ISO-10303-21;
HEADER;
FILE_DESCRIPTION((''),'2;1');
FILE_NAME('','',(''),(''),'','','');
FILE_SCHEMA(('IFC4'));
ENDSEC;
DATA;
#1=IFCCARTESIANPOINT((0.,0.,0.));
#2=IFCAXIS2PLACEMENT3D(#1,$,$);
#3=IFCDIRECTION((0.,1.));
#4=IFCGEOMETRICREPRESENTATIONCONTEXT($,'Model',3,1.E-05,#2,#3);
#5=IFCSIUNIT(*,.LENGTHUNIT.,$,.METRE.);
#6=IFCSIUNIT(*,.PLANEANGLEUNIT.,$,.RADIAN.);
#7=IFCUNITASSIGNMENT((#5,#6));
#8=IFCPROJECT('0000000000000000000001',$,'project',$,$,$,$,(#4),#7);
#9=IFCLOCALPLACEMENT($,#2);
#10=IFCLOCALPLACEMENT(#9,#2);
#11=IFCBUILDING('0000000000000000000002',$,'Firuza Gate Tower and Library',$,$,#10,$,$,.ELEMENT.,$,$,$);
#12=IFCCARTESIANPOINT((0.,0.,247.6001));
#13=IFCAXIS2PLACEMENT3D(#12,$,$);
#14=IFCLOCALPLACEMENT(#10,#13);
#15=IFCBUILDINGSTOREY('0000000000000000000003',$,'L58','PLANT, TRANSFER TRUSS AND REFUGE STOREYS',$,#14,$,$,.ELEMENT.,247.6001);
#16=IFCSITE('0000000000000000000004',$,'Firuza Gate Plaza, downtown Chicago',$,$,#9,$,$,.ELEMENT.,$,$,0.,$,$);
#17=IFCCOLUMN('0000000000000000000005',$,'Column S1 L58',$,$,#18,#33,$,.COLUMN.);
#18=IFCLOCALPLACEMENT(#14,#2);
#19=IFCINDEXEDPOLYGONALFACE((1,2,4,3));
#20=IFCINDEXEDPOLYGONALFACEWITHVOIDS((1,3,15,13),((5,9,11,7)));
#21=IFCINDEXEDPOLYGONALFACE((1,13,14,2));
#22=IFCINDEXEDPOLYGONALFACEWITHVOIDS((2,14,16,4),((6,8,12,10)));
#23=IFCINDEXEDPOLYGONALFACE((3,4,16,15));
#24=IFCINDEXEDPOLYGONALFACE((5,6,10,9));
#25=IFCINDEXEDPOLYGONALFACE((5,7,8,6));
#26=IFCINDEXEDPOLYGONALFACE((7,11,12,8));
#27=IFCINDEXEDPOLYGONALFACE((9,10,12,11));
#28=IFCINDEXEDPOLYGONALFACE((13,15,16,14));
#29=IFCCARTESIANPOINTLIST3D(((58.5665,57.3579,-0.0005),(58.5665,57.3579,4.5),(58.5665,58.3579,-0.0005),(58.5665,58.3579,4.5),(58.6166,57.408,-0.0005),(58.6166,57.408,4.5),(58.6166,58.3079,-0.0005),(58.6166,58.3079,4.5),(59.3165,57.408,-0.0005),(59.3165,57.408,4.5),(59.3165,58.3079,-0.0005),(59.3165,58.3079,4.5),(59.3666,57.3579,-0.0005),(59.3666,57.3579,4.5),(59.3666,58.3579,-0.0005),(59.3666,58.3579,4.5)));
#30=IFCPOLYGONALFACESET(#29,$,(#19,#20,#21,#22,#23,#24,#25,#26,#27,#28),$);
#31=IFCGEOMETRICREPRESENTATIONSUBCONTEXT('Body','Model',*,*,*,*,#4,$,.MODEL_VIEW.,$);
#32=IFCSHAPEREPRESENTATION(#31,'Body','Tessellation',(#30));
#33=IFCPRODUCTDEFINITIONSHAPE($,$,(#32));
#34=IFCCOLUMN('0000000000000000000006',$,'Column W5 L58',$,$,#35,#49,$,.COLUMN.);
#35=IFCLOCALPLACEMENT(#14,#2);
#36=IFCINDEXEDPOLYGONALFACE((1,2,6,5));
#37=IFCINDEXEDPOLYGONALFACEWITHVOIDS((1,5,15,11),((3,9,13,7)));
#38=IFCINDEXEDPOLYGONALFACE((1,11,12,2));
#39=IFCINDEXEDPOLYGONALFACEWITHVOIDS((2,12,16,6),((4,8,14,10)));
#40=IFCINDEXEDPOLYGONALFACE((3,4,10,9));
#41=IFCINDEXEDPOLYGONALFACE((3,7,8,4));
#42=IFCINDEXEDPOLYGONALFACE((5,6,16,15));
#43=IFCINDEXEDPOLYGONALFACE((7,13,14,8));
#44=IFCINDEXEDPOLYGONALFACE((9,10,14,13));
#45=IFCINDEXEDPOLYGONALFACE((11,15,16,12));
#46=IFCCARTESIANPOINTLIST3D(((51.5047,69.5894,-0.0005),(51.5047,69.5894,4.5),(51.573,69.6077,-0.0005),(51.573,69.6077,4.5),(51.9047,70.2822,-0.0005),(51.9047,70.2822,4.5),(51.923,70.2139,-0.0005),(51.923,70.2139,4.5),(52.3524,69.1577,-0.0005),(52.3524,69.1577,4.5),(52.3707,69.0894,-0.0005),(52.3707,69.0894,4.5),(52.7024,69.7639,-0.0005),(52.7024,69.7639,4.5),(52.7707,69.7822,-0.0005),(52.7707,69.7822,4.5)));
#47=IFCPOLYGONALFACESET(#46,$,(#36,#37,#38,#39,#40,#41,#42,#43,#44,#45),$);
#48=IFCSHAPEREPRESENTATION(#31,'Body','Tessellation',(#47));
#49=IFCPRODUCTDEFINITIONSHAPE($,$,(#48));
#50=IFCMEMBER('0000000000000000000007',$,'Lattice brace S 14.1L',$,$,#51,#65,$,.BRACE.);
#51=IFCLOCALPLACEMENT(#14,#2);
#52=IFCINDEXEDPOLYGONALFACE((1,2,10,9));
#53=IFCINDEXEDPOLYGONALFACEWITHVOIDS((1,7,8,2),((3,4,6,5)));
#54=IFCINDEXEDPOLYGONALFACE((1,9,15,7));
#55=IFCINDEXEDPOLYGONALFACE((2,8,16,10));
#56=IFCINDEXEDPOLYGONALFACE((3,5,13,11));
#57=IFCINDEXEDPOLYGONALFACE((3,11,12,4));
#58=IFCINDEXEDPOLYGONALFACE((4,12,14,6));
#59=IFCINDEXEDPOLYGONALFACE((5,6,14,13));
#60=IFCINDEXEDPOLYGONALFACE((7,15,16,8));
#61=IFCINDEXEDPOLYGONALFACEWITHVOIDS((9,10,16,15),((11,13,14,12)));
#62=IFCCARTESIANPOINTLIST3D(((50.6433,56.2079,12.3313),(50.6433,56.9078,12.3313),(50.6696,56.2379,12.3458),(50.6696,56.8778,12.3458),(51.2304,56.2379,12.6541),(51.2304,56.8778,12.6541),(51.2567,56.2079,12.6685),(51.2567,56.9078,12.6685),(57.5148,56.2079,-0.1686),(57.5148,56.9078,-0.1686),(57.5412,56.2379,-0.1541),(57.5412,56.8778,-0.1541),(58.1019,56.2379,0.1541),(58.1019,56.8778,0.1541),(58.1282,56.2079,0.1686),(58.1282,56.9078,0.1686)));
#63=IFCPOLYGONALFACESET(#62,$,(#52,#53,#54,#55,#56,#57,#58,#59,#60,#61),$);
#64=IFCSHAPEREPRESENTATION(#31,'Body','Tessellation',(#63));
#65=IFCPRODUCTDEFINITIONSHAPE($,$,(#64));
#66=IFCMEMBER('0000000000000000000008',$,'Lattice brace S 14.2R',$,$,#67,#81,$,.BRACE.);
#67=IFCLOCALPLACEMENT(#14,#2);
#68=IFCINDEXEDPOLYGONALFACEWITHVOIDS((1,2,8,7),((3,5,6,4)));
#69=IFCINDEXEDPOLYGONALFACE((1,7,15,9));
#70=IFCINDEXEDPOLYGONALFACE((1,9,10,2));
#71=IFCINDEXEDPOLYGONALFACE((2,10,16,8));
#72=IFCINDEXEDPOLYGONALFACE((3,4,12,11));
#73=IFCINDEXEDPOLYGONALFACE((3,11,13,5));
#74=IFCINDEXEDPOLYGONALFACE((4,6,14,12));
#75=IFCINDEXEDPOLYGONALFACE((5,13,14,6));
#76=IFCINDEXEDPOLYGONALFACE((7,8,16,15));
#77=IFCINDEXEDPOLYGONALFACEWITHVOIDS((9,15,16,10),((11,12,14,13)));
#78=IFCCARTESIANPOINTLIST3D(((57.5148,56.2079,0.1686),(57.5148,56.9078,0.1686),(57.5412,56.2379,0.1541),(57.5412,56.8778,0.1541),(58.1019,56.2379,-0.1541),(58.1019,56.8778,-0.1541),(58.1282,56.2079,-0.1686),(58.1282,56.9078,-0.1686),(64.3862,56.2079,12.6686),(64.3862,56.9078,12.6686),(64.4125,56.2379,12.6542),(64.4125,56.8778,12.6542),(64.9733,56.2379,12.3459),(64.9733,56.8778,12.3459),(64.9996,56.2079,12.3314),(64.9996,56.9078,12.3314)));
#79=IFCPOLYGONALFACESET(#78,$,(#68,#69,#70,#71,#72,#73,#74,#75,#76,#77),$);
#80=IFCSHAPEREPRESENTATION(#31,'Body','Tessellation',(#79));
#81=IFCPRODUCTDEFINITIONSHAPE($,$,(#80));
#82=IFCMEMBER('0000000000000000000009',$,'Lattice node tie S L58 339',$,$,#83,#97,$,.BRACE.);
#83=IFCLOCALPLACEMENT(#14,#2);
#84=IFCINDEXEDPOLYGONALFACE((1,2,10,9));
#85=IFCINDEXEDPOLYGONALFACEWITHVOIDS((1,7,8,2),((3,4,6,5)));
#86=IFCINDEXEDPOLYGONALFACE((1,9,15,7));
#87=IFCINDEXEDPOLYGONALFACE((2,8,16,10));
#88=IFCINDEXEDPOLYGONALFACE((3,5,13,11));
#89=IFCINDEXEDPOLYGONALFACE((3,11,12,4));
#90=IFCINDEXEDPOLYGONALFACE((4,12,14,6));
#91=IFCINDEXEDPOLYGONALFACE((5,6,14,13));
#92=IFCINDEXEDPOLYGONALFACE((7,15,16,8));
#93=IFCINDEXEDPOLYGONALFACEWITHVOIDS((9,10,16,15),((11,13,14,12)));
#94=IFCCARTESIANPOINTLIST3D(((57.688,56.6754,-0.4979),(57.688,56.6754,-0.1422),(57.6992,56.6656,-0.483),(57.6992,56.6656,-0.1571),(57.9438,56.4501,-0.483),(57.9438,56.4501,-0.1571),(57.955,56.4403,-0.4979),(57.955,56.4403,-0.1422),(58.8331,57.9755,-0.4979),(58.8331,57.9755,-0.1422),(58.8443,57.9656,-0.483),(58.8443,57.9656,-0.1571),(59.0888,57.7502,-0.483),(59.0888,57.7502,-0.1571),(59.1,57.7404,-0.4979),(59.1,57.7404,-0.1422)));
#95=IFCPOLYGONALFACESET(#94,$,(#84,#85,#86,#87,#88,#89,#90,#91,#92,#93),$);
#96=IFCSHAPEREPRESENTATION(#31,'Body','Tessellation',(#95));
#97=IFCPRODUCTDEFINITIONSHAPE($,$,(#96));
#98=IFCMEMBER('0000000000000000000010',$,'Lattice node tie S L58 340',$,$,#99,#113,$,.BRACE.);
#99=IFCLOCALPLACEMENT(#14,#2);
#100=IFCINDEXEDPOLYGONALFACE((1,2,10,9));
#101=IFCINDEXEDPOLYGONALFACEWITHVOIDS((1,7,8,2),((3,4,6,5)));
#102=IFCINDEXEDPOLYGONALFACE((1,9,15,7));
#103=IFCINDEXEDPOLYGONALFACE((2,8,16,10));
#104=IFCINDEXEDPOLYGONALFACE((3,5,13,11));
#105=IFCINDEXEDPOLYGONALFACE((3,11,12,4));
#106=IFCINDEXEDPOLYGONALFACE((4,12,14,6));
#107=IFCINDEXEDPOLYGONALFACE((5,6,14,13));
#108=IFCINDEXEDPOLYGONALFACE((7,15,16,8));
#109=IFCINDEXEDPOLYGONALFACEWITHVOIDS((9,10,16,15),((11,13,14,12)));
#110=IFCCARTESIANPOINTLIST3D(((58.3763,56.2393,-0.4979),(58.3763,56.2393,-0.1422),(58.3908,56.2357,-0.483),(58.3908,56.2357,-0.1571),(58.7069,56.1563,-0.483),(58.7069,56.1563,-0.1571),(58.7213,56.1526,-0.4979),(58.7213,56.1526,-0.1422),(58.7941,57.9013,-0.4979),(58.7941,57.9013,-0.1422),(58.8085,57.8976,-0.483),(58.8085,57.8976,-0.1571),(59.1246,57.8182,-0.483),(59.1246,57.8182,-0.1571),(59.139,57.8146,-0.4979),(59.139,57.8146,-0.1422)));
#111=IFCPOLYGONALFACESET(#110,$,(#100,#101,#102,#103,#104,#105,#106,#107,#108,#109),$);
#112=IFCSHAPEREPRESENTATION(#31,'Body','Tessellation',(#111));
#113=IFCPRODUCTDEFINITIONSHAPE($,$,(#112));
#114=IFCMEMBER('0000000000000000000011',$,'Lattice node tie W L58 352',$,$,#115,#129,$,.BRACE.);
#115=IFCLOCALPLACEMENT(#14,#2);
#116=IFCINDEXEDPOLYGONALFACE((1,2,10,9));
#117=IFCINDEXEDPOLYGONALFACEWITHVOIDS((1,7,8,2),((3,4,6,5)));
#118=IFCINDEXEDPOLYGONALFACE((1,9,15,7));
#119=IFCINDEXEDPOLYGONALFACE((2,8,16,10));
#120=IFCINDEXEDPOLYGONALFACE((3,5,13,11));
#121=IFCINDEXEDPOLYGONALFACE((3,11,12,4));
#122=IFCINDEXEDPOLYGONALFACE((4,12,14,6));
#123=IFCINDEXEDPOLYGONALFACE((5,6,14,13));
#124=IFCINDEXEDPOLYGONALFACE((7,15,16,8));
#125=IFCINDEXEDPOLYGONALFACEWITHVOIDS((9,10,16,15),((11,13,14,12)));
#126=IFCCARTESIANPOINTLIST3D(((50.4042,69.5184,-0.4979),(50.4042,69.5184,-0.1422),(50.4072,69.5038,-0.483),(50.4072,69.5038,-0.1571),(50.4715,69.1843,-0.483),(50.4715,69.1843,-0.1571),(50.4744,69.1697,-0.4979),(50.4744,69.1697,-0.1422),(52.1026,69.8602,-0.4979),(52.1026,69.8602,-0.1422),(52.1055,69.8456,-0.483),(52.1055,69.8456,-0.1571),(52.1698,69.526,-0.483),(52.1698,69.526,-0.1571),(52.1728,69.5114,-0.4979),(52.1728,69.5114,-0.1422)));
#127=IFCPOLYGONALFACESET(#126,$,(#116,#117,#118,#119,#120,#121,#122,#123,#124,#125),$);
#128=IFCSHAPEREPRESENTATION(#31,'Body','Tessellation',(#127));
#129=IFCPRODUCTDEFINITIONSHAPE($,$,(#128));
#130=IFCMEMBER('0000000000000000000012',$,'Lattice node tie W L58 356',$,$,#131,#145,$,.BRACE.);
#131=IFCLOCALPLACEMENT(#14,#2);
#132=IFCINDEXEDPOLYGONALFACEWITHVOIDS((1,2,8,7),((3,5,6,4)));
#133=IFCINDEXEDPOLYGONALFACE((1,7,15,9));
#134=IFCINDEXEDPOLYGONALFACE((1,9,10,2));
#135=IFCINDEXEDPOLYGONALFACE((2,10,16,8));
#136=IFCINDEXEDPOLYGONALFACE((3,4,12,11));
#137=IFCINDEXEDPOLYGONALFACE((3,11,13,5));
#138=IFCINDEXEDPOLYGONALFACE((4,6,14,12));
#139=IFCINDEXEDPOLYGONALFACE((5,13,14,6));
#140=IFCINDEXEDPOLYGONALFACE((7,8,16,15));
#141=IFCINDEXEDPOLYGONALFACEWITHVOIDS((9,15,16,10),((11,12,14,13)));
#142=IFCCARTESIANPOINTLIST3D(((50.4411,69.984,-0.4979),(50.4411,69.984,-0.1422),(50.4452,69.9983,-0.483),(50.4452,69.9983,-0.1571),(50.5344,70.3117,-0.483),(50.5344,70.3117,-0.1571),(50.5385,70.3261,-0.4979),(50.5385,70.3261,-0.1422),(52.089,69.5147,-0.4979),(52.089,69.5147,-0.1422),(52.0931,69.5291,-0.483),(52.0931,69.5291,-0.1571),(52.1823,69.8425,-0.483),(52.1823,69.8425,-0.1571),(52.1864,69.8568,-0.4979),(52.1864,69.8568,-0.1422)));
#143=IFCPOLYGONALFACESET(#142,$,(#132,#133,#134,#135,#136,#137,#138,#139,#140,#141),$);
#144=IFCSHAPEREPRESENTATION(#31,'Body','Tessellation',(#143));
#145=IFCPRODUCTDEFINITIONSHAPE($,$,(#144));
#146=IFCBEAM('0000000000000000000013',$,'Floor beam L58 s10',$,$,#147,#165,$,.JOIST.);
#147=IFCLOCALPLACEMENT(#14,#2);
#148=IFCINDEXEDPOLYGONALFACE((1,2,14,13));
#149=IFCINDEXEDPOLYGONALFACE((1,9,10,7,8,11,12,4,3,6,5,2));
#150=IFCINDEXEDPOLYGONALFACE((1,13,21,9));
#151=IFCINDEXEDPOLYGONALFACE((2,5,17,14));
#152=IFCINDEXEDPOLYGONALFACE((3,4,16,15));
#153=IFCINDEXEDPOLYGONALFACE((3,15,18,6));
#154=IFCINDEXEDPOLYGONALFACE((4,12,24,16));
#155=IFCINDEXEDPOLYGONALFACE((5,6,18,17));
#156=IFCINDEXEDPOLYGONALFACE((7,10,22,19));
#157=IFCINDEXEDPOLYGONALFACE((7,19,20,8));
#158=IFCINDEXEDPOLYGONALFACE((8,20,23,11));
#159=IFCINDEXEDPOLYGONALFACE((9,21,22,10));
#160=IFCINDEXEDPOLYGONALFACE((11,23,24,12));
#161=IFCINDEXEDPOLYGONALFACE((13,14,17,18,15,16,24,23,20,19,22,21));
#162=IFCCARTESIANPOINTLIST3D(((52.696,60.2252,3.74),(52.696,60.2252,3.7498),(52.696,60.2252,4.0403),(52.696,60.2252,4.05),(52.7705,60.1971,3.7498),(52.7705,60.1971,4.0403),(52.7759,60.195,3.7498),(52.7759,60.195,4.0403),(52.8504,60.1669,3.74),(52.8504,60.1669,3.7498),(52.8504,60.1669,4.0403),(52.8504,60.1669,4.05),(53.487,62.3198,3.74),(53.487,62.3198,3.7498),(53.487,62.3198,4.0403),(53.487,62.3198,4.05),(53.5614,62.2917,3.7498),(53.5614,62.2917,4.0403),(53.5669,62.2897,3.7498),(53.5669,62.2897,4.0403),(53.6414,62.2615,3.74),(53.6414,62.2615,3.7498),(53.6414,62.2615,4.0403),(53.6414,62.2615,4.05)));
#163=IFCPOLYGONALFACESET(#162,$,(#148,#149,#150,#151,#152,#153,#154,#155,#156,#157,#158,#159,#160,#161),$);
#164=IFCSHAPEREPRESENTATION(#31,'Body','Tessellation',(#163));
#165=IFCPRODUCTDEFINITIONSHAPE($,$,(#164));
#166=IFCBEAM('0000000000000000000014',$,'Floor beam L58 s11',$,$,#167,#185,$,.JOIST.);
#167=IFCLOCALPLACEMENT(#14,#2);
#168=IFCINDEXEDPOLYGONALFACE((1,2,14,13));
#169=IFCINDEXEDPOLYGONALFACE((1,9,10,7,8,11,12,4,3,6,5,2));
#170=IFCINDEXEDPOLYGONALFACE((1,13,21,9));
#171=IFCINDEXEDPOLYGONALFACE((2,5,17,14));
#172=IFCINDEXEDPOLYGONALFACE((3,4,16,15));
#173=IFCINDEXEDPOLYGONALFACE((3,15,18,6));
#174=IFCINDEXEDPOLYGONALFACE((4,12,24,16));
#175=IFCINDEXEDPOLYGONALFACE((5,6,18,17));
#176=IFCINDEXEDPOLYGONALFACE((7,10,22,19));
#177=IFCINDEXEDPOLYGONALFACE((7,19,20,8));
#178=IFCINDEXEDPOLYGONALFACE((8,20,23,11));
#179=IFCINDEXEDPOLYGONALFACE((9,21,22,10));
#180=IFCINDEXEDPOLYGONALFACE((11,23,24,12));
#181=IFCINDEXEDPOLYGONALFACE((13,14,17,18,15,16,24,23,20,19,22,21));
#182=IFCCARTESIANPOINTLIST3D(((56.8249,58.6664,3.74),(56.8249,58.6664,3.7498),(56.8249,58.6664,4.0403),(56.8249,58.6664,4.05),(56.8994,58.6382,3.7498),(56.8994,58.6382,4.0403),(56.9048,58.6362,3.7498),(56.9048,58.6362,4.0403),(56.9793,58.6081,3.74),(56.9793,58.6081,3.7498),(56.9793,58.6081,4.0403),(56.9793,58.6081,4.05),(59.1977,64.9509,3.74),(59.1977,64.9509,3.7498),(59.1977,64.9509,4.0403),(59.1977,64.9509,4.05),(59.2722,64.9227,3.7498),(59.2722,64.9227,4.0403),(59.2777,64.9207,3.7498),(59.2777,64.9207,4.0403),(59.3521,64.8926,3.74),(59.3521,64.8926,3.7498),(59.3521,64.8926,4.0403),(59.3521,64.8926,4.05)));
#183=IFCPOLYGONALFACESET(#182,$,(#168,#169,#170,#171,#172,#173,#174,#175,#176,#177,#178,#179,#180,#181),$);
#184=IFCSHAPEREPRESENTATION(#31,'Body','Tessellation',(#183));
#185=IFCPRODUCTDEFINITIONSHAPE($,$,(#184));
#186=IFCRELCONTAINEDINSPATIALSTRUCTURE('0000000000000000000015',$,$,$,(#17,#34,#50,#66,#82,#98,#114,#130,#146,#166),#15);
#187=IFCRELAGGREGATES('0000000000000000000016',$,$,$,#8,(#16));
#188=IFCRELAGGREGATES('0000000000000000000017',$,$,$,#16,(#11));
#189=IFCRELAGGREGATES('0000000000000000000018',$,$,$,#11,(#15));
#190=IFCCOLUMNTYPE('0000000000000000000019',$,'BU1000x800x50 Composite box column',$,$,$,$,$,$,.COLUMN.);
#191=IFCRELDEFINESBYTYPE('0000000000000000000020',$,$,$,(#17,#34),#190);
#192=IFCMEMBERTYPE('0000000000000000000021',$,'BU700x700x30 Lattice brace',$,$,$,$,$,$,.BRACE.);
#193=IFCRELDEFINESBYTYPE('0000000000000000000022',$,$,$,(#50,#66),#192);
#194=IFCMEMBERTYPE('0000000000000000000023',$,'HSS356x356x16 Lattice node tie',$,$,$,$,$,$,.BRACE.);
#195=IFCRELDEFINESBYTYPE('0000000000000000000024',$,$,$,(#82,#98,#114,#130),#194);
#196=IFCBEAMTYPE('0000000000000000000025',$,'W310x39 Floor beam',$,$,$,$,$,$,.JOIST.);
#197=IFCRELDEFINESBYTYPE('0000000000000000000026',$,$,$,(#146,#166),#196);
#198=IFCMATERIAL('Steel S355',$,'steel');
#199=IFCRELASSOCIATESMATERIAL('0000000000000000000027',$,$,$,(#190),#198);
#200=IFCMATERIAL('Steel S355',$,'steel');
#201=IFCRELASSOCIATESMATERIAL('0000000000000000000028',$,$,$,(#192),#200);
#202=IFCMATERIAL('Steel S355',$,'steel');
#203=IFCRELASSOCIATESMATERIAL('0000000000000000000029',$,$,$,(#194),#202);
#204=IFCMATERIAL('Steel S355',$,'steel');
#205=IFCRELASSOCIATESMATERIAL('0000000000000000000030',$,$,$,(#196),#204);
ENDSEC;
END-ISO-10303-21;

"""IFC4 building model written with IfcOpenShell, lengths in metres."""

from ifc_helpers import new_model, si_unit, direction, frame, origin, origin_2d, place, context, subcontext, project, spatial, hollow_rectangle, i_section, extrude, material, material_profile, profile_set, type_object, element, save


model = new_model("IFC4")

# Units and contexts
model_context = context("Model", 3, precision=1e-05, world=origin(), true_north=direction((0.0, 1.0)))
body_context = subcontext(model_context, "Body", "Model", "MODEL_VIEW")
ifc_project = project(units=[si_unit("LENGTHUNIT", "METRE"), si_unit("PLANEANGLEUNIT", "RADIAN")], contexts=[model_context])

# Site, building, storey
site_placement = place(None, origin())
site = spatial("IfcSite", under=ifc_project, at=site_placement, Name="Firuza Gate Plaza, downtown Chicago", CompositionType="ELEMENT", RefElevation=0.0)
building_placement = place(site_placement, origin())
building = spatial("IfcBuilding", under=site, at=building_placement, Name="Firuza Gate Tower and Library", CompositionType="ELEMENT")
storey_placement = place(building_placement, frame((0.0, 0.0, 247.6001)))
storey = spatial("IfcBuildingStorey", under=building, at=storey_placement, Name="L58", Description="PLANT, TRANSFER TRUSS AND REFUGE STOREYS", CompositionType="ELEMENT", Elevation=247.6001)

# Columns
ifc_material_1 = material(Name="Steel S355", Category="steel")
ifc_material_profile_1 = material_profile(ifc_material_1, hollow_rectangle(XDim=0.8, YDim=1.0, WallThickness=0.05, at=origin_2d()))
ifc_profile_set_1 = profile_set([ifc_material_profile_1], Name="Steel S355")
column_type = type_object("IfcColumnType", Name="BU1000x800x50 Composite box column", PredefinedType="COLUMN", material=ifc_profile_set_1)
for number, where, z_axis, x_axis, name in (
    (1, (58.9666, 57.8579, -0.0005), (0.0, 0.0, 1.0), (1.0, 0.0, 0.0), "Column S1 L58"),
    (2, (52.1377, 69.6858, -0.0005), (0.0, 0.0, 1.0), (-0.5, -0.866025, 0.0), "Column W5 L58"),
):
    element("IfcColumn", number, at=place(storey_placement, frame(where, z_axis=z_axis, x_axis=x_axis)), inside=storey, type_object=column_type, Name=name, PredefinedType="COLUMN", context=body_context, shape_type="SweptSolid", body=[
        extrude(hollow_rectangle(XDim=0.8, YDim=1.0, WallThickness=0.05, at=origin_2d()), origin(), (0.0, 0.0, 1.0), 4.5005),
    ])

# Members
ifc_material_2 = material(Name="Steel S355", Category="steel")
ifc_material_profile_2 = material_profile(ifc_material_2, hollow_rectangle(XDim=0.7, YDim=0.7, WallThickness=0.03, at=origin_2d()))
ifc_profile_set_2 = profile_set([ifc_material_profile_2], Name="Steel S355")
member_type_1 = type_object("IfcMemberType", Name="BU700x700x30 Lattice brace", PredefinedType="BRACE", material=ifc_profile_set_2)
for number, where, z_axis, x_axis, name in (
    (3, (57.8215, 56.5579, 0.0), (-0.481735, 0.0, 0.876317), (0.0, -1.0, 0.0), "Lattice brace S 14.1L"),
    (4, (57.8215, 56.5579, 0.0), (0.481722, 0.0, 0.876324), (0.0, 1.0, 0.0), "Lattice brace S 14.2R"),
):
    element("IfcMember", number, at=place(storey_placement, frame(where, z_axis=z_axis, x_axis=x_axis)), inside=storey, type_object=member_type_1, Name=name, PredefinedType="BRACE", context=body_context, shape_type="SweptSolid", body=[
        extrude(hollow_rectangle(XDim=0.7, YDim=0.7, WallThickness=0.03, at=origin_2d()), origin(), (0.0, 0.0, 1.0), 14.2642),
    ])
ifc_material_3 = material(Name="Steel S355", Category="steel")
ifc_material_profile_3 = material_profile(ifc_material_3, hollow_rectangle(XDim=0.3557, YDim=0.3557, WallThickness=0.0149, at=origin_2d()))
ifc_profile_set_3 = profile_set([ifc_material_profile_3], Name="Steel S355")
member_type_2 = type_object("IfcMemberType", Name="HSS356x356x16 Lattice node tie", PredefinedType="BRACE", material=ifc_profile_set_3)
member_1_placement = place(storey_placement, frame((58.9666, 57.8579, -0.3201), z_axis=(-0.660946, -0.750434, 0.0), x_axis=(0.750434, -0.660946, 0.0)))
element("IfcMember", 5, at=member_1_placement, inside=storey, type_object=member_type_2, Name="Lattice node tie S L58 339", PredefinedType="BRACE", context=body_context, shape_type="SweptSolid", body=[
    extrude(hollow_rectangle(XDim=0.3557, YDim=0.3557, WallThickness=0.0149, at=origin_2d()), origin(), (0.0, 0.0, 1.0), 1.7324),
])
member_2_placement = place(storey_placement, frame((58.9666, 57.8579, -0.3201), z_axis=(-0.243776, -0.969832, 0.0), x_axis=(0.969832, -0.243776, 0.0)))
element("IfcMember", 6, at=member_2_placement, inside=storey, type_object=member_type_2, Name="Lattice node tie S L58 340", PredefinedType="BRACE", context=body_context, shape_type="SweptSolid", body=[
    extrude(hollow_rectangle(XDim=0.3557, YDim=0.3557, WallThickness=0.0149, at=origin_2d()), origin(), (0.0, 0.0, 1.0), 1.7136),
])
member_3_placement = place(storey_placement, frame((52.1377, 69.6858, -0.3201), z_axis=(-0.980347, -0.197281, 0.0), x_axis=(0.197281, -0.980347, 0.0)))
element("IfcMember", 7, at=member_3_placement, inside=storey, type_object=member_type_2, Name="Lattice node tie W L58 352", PredefinedType="BRACE", context=body_context, shape_type="SweptSolid", body=[
    extrude(hollow_rectangle(XDim=0.3557, YDim=0.3557, WallThickness=0.0149, at=origin_2d()), origin(), (0.0, 0.0, 1.0), 1.7324),
])
member_4_placement = place(storey_placement, frame((52.1377, 69.6858, -0.3201), z_axis=(-0.961771, 0.273855, 0.0), x_axis=(-0.273855, -0.961771, 0.0)))
element("IfcMember", 8, at=member_4_placement, inside=storey, type_object=member_type_2, Name="Lattice node tie W L58 356", PredefinedType="BRACE", context=body_context, shape_type="SweptSolid", body=[
    extrude(hollow_rectangle(XDim=0.3557, YDim=0.3557, WallThickness=0.0149, at=origin_2d()), origin(), (0.0, 0.0, 1.0), 1.7134),
])

# Beams
ifc_material_4 = material(Name="Steel S355", Category="steel")
ifc_material_profile_4 = material_profile(ifc_material_4, i_section(OverallWidth=0.165, OverallDepth=0.3101, WebThickness=0.0059, FlangeThickness=0.0098, at=origin_2d()))
ifc_profile_set_4 = profile_set([ifc_material_profile_4], Name="Steel S355")
beam_type_1 = type_object("IfcBeamType", Name="W310x39 Floor beam", PredefinedType="JOIST", material=ifc_profile_set_4)
beam_1_placement = place(storey_placement, frame((52.7732, 60.196, 3.895), z_axis=(0.353273, 0.93552, 0.0), x_axis=(-0.93552, 0.353273, 0.0)))
element("IfcBeam", 9, at=beam_1_placement, inside=storey, type_object=beam_type_1, Name="Floor beam L58 s10", PredefinedType="JOIST", context=body_context, shape_type="SweptSolid", body=[
    extrude(i_section(OverallWidth=0.165, OverallDepth=0.3101, WebThickness=0.0059, FlangeThickness=0.0098, at=origin_2d()), origin(), (0.0, 0.0, 1.0), 2.239),
])
beam_2_placement = place(storey_placement, frame((56.9021, 58.6372, 3.895), z_axis=(0.35323, 0.935537, 0.0), x_axis=(-0.935537, 0.35323, 0.0)))
element("IfcBeam", 10, at=beam_2_placement, inside=storey, type_object=beam_type_1, Name="Floor beam L58 s11", PredefinedType="JOIST", context=body_context, shape_type="SweptSolid", body=[
    extrude(i_section(OverallWidth=0.165, OverallDepth=0.3101, WebThickness=0.0059, FlangeThickness=0.0098, at=origin_2d()), origin(), (0.0, 0.0, 1.0), 6.7175),
])

save(model, "model.ifc")
